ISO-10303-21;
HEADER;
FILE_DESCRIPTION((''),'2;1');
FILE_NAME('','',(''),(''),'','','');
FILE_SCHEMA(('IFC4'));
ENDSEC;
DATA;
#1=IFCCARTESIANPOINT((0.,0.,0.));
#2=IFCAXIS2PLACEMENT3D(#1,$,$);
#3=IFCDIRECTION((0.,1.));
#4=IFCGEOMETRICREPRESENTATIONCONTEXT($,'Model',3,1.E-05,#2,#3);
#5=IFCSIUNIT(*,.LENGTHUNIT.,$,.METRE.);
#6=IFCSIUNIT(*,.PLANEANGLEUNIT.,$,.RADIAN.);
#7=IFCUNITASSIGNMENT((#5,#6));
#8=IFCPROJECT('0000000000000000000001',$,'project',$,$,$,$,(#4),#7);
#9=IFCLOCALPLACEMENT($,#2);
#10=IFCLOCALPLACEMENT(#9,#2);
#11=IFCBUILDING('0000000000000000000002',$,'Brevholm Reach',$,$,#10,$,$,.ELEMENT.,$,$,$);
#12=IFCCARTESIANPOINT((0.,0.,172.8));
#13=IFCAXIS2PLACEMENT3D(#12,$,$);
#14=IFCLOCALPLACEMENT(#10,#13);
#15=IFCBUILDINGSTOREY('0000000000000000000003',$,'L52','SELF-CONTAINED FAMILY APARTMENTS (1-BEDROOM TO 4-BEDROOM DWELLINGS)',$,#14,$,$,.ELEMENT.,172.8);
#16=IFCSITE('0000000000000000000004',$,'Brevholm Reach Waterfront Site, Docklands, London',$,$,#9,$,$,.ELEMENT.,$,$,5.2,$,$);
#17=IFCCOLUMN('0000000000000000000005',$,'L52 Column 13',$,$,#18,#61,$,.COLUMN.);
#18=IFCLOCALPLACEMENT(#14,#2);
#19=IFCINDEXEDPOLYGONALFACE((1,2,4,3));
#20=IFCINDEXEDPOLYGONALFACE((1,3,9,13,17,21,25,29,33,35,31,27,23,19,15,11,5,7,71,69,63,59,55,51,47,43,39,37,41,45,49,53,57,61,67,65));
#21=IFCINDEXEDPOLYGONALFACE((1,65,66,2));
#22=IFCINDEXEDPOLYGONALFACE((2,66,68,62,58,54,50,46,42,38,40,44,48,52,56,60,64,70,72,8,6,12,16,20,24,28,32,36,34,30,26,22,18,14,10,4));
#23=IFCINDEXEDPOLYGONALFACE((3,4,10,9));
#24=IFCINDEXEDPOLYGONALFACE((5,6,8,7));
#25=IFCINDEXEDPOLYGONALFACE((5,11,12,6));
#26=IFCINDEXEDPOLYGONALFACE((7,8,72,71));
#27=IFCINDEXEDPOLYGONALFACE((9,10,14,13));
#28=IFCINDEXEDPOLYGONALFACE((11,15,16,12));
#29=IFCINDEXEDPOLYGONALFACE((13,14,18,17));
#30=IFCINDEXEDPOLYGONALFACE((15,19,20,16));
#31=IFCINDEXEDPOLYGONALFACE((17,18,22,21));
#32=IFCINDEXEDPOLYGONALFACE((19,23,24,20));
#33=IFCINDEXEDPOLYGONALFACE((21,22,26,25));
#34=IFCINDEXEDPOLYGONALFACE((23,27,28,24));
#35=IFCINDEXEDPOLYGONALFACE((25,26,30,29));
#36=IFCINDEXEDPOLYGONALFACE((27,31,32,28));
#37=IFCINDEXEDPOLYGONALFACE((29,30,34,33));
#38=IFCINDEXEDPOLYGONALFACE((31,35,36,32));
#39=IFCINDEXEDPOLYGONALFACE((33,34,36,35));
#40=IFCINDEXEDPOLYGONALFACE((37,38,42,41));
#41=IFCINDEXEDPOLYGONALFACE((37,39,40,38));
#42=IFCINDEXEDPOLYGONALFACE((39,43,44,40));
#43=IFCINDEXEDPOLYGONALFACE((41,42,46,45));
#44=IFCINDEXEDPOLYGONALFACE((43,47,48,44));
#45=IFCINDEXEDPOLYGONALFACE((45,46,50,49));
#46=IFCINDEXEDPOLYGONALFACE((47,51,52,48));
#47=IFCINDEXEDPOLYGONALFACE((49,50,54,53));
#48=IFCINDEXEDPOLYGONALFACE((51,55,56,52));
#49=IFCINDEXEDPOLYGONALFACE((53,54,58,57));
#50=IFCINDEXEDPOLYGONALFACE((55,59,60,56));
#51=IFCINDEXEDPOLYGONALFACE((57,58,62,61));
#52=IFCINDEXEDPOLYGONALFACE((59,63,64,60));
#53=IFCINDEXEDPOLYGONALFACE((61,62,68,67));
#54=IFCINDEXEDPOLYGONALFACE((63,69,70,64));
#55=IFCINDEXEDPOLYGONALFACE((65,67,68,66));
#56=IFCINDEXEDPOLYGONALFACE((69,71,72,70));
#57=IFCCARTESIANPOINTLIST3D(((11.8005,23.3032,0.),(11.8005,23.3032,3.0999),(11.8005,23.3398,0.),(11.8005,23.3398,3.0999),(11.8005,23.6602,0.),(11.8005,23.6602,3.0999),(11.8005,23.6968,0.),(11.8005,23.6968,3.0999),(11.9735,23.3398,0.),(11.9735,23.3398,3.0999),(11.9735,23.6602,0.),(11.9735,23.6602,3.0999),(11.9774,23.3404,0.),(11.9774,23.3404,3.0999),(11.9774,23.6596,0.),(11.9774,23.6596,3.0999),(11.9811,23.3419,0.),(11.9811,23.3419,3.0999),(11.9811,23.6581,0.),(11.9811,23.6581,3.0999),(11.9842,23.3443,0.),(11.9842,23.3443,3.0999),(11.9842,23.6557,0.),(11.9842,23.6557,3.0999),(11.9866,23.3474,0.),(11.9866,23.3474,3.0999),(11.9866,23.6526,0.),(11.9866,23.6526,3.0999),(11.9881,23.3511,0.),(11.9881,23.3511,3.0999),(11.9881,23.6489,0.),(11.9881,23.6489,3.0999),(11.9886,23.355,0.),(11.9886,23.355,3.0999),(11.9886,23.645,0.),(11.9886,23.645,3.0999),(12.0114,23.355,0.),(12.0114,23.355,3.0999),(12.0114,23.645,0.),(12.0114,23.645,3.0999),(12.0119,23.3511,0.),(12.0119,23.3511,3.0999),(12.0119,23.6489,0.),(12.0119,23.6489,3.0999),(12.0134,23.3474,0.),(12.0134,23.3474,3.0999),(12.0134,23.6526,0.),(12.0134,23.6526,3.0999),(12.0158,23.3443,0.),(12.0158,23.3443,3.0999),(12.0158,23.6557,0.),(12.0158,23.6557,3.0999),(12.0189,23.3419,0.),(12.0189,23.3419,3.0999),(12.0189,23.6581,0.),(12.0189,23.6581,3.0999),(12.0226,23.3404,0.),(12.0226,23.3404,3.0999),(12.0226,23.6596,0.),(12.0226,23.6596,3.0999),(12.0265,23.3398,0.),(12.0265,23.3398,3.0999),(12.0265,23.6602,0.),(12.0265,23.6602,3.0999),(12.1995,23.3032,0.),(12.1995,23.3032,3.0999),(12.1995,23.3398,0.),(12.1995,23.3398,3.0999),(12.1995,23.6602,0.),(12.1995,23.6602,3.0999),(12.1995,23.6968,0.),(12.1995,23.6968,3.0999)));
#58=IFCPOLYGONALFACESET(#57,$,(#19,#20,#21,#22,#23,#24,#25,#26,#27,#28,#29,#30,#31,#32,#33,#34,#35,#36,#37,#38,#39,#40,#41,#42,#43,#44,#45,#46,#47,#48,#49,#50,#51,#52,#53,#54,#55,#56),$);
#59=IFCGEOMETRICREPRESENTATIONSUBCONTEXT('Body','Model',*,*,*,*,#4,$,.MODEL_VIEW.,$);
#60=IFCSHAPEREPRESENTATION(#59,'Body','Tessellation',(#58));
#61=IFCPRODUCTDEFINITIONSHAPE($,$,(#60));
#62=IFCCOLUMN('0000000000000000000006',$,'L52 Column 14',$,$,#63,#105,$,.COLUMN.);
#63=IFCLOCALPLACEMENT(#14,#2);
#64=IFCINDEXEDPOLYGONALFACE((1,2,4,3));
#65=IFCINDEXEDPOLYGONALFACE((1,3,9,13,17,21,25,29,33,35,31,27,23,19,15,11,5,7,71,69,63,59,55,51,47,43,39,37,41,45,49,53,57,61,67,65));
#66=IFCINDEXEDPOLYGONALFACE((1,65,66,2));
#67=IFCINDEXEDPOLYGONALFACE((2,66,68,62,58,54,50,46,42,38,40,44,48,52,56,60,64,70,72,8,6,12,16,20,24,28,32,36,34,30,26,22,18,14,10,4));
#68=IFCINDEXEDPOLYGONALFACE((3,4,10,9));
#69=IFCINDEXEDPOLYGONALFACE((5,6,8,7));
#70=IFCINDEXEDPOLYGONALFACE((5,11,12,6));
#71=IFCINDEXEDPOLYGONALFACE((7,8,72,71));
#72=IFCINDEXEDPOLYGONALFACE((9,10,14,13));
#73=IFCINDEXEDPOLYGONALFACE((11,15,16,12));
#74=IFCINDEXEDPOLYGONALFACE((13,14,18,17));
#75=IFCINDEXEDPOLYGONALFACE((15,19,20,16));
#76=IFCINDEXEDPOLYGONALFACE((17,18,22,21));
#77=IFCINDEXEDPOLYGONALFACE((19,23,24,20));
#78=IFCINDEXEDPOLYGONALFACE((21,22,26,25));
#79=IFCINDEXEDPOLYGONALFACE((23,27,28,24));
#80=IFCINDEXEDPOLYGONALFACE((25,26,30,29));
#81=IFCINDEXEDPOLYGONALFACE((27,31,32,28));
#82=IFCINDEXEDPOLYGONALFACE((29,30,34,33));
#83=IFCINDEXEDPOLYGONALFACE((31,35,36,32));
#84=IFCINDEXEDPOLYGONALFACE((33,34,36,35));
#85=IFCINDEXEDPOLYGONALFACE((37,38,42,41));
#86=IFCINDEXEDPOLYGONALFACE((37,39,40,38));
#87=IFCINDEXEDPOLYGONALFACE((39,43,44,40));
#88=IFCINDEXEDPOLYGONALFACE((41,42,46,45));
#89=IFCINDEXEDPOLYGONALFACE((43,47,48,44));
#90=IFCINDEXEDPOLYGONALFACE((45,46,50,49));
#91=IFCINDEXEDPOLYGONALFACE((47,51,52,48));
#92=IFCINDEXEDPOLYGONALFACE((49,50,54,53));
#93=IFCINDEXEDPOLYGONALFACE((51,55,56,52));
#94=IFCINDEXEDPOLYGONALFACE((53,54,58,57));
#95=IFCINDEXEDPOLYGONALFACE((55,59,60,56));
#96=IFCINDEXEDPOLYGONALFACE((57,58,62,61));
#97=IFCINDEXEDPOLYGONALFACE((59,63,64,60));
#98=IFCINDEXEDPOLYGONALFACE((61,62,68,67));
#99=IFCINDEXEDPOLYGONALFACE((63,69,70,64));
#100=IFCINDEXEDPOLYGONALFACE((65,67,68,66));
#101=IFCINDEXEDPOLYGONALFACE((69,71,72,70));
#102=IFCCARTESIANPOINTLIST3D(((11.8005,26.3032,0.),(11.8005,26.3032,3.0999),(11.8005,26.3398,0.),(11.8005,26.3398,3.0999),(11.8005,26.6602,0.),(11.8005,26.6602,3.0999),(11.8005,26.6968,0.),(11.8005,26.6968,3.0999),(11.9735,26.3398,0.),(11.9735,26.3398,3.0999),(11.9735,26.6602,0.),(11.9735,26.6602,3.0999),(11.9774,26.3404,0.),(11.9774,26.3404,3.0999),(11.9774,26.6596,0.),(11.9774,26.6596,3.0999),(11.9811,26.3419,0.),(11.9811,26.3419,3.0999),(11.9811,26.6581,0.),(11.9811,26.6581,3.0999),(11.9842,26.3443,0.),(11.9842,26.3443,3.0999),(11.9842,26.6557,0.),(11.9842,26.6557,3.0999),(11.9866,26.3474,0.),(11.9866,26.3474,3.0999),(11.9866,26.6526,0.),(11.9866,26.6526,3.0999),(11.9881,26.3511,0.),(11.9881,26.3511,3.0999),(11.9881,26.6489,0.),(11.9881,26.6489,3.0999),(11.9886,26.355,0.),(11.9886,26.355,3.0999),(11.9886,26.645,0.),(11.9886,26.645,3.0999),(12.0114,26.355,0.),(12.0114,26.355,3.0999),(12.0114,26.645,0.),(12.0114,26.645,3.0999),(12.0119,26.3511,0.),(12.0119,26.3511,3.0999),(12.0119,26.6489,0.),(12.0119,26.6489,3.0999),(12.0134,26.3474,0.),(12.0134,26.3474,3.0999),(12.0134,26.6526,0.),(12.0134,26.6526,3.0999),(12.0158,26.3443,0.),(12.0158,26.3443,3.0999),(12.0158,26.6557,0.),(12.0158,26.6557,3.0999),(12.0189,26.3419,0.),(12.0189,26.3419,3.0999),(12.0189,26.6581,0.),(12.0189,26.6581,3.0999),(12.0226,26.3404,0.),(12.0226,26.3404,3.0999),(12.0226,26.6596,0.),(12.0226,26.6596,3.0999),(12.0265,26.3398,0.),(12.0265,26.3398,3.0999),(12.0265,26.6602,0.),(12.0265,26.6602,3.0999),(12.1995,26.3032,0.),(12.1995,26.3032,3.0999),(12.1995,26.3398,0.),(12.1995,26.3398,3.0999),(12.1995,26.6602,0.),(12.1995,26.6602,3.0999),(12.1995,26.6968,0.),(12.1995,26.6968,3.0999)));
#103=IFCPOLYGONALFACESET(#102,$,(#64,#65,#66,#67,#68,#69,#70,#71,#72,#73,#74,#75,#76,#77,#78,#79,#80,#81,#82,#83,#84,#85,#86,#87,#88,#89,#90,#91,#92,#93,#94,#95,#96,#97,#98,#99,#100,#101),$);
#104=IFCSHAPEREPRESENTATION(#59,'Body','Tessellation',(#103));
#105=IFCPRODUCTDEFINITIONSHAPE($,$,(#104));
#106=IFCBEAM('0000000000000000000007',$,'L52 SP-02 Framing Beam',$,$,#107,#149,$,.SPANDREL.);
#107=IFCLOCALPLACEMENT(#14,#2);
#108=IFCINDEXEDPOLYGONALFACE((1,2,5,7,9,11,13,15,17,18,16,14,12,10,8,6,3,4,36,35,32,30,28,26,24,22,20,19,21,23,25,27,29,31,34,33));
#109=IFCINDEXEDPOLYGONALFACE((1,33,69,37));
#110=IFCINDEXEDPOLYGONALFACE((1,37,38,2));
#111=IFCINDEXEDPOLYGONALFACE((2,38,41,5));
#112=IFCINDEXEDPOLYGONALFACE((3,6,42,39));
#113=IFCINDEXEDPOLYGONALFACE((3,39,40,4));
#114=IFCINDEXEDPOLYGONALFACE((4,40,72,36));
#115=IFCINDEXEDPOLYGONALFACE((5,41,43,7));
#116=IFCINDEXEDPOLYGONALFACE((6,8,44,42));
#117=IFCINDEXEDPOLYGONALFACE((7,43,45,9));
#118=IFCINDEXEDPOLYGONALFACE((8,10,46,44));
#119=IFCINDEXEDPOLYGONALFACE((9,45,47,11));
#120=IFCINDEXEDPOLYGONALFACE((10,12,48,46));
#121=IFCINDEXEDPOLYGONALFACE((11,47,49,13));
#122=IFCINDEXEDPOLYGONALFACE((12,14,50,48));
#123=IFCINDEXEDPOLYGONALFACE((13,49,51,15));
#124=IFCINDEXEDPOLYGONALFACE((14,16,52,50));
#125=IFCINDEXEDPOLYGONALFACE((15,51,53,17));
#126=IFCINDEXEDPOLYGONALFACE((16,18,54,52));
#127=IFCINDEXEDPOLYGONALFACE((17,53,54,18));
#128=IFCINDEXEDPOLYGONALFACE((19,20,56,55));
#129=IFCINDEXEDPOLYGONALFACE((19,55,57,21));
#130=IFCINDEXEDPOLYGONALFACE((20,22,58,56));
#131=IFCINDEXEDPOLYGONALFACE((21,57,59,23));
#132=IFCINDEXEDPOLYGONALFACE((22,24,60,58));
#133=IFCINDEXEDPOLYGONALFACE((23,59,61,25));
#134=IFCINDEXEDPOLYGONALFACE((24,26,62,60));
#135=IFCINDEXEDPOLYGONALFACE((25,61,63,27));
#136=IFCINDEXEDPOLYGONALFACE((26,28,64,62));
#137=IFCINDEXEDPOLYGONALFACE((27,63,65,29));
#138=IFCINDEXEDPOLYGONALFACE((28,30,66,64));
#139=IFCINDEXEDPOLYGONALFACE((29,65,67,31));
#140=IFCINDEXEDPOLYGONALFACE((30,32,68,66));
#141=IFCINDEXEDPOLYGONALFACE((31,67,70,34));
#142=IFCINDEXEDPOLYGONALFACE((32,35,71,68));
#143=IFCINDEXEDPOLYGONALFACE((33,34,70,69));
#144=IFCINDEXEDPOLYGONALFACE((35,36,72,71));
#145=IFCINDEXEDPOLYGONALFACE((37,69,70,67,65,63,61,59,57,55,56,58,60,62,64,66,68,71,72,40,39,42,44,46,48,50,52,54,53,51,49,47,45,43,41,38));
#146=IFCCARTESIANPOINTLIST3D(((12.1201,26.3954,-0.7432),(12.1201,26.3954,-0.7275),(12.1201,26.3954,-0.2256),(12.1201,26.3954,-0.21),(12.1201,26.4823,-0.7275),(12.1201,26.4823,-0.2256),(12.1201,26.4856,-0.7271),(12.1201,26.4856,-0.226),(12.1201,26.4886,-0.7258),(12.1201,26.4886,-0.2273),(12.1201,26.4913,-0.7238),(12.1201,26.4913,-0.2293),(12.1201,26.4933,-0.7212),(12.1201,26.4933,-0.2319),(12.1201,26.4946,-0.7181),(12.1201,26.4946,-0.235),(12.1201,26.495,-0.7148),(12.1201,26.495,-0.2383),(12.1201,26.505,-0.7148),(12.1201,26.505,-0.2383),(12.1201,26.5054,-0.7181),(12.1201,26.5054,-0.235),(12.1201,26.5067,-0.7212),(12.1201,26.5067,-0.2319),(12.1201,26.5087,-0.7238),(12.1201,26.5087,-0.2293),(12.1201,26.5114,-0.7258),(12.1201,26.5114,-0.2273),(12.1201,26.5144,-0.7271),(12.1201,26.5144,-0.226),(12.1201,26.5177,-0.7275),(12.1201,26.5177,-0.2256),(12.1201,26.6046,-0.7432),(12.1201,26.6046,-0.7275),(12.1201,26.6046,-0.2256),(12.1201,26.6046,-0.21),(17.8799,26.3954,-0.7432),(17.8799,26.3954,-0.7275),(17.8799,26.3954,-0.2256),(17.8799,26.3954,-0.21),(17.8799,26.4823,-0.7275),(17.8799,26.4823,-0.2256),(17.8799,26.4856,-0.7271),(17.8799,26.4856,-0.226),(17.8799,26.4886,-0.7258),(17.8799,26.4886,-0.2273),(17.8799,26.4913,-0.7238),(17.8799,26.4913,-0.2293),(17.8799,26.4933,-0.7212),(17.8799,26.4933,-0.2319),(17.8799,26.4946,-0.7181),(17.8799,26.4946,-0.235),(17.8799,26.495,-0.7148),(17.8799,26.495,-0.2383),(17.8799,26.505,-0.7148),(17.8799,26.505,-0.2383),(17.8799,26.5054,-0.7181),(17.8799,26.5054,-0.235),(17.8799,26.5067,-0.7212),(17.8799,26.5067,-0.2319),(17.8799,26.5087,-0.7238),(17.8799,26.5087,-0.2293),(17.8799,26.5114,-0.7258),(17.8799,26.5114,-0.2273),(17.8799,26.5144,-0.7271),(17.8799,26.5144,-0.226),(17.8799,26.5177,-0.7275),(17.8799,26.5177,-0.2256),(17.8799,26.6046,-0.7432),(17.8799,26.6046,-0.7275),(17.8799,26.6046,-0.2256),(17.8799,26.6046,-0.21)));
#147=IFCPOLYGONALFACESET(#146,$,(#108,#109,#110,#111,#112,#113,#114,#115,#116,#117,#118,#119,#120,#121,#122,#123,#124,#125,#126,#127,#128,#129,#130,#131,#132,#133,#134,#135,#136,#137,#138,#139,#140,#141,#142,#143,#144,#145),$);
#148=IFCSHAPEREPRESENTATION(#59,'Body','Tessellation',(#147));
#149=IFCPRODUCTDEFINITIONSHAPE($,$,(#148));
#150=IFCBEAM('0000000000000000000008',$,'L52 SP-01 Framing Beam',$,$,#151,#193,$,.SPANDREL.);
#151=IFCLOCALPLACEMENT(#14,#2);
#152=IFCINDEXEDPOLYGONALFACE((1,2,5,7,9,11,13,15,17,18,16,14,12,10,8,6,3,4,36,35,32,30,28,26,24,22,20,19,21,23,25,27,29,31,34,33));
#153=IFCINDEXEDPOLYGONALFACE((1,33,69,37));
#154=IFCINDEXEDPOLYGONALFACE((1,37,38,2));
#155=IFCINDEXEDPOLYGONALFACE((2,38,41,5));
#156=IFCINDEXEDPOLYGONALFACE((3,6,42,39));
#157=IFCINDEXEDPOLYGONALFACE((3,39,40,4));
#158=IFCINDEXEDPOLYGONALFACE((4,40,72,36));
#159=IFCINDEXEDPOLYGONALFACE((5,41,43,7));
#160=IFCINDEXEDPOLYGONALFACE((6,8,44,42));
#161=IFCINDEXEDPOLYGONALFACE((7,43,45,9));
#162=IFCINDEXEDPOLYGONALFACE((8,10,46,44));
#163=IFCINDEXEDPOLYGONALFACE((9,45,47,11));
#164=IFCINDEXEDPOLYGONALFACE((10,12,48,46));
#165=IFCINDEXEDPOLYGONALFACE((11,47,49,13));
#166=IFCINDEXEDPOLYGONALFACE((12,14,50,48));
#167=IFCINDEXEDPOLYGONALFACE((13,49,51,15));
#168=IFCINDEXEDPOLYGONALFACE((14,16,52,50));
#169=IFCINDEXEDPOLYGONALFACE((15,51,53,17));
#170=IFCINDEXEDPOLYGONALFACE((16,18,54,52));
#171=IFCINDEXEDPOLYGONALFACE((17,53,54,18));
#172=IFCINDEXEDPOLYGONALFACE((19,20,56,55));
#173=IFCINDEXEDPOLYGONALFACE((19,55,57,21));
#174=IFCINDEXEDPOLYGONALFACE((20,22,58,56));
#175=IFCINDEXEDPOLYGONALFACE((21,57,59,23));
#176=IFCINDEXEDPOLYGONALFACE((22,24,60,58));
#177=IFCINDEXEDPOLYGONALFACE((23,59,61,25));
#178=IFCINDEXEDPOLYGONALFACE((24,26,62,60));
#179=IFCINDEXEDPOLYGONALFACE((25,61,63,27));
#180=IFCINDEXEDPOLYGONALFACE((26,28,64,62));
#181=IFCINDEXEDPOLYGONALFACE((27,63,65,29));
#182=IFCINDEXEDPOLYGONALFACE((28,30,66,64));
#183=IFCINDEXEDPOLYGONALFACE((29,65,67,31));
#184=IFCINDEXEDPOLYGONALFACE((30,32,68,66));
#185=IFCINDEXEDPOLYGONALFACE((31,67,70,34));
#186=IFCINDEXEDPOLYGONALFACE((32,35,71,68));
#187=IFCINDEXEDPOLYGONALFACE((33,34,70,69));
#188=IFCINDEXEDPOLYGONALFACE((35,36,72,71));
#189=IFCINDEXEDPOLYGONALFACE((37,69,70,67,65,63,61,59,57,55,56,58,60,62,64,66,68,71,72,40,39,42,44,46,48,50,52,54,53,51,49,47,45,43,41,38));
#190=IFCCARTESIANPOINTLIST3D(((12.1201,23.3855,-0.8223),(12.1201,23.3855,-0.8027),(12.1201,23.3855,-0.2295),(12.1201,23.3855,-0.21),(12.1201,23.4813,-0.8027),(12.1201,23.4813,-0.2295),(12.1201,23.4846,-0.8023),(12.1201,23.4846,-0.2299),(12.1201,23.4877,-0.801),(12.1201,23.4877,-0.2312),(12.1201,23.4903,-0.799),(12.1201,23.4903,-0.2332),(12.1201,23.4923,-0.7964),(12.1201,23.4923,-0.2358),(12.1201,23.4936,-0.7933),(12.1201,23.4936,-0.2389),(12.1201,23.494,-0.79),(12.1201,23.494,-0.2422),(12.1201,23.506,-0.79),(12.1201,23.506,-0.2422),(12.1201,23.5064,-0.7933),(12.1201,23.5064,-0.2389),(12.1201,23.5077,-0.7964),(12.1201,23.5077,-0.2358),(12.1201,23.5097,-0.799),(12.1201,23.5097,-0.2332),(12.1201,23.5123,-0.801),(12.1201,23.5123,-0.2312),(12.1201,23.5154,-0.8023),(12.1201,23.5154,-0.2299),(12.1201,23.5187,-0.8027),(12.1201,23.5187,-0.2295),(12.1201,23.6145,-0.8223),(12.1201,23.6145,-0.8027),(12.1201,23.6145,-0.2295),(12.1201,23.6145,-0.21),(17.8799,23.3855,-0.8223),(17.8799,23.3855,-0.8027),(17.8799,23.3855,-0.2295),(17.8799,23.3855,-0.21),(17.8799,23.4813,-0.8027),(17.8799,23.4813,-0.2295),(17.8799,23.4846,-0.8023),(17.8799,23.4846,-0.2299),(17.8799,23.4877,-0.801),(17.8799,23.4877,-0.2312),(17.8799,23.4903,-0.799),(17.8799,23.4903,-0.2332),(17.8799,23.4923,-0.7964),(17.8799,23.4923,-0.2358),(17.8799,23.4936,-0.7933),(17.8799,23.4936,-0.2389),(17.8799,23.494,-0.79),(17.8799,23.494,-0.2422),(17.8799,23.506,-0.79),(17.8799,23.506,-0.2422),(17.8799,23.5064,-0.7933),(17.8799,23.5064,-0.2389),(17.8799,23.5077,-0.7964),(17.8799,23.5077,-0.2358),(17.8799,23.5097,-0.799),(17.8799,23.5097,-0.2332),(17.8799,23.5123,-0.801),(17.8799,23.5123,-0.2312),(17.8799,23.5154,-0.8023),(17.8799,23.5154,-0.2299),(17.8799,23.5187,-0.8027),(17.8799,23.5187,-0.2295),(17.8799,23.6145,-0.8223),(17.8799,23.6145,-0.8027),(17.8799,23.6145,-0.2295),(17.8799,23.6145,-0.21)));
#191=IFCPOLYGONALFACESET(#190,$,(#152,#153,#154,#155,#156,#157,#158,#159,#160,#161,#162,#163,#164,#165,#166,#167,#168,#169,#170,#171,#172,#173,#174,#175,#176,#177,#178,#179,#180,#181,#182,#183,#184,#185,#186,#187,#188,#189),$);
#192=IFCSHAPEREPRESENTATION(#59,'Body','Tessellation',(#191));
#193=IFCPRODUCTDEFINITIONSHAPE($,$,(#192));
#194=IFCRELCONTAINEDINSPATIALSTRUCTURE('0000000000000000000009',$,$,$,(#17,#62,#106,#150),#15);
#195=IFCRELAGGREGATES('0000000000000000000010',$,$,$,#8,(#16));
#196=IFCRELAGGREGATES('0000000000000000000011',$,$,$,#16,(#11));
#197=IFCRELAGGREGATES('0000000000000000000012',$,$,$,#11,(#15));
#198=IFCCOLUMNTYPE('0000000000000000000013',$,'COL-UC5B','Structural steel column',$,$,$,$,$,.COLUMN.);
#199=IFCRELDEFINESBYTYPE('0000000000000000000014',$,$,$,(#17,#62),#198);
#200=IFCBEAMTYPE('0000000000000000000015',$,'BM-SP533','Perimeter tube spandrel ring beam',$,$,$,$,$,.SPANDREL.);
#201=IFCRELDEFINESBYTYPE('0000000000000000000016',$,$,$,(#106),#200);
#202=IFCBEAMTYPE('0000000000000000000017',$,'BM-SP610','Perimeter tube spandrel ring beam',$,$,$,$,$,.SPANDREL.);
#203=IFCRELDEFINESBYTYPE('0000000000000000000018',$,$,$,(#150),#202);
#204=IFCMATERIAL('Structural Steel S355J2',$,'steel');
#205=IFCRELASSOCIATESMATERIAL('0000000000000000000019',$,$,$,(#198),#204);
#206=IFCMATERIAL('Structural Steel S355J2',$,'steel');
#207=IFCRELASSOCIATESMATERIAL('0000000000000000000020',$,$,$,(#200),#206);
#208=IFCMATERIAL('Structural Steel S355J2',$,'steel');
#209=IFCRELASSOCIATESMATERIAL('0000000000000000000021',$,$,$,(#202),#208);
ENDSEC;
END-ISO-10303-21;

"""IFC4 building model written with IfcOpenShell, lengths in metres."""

from ifc_helpers import new_model, si_unit, direction, frame, origin, origin_2d, place, context, subcontext, project, spatial, i_section, extrude, material, material_profile, profile_set, type_object, element, save


model = new_model("IFC4")

# Units and contexts
model_context = context("Model", 3, precision=1e-05, world=origin(), true_north=direction((0.0, 1.0)))
body_context = subcontext(model_context, "Body", "Model", "MODEL_VIEW")
ifc_project = project(units=[si_unit("LENGTHUNIT", "METRE"), si_unit("PLANEANGLEUNIT", "RADIAN")], contexts=[model_context])

# Site, building, storey
site_placement = place(None, origin())
site = spatial("IfcSite", under=ifc_project, at=site_placement, Name="Brevholm Reach Waterfront Site, Docklands, London", CompositionType="ELEMENT", RefElevation=5.2)
building_placement = place(site_placement, origin())
building = spatial("IfcBuilding", under=site, at=building_placement, Name="Brevholm Reach", CompositionType="ELEMENT")
storey_placement = place(building_placement, frame((0.0, 0.0, 172.8)))
storey = spatial("IfcBuildingStorey", under=building, at=storey_placement, Name="L52", Description="SELF-CONTAINED FAMILY APARTMENTS (1-BEDROOM TO 4-BEDROOM DWELLINGS)", CompositionType="ELEMENT", Elevation=172.8)

# Columns
ifc_material_1 = material(Name="Structural Steel S355J2", Category="steel")
ifc_material_profile_1 = material_profile(ifc_material_1, i_section(OverallWidth=0.3989, OverallDepth=0.3936, WebThickness=0.0227, FlangeThickness=0.0366, FilletRadius=0.0151, at=origin_2d()), Name="UKC 356x406x287")
ifc_profile_set_1 = profile_set([ifc_material_profile_1], Name="Structural Steel S355J2")
column_type = type_object("IfcColumnType", Name="COL-UC5B", Description="Structural steel column", PredefinedType="COLUMN", material=ifc_profile_set_1)
for number, where, z_axis, x_axis, name in (
    (1, (12.0, 23.5, 0.0), (0.0, 0.0, 1.0), (1.0, 0.0, 0.0), "L52 Column 13"),
    (2, (12.0, 26.5, 0.0), (0.0, 0.0, 1.0), (1.0, 0.0, 0.0), "L52 Column 14"),
):
    element("IfcColumn", number, at=place(storey_placement, frame(where, z_axis=z_axis, x_axis=x_axis)), inside=storey, type_object=column_type, Name=name, PredefinedType="COLUMN", context=body_context, shape_type="SweptSolid", body=[
        extrude(i_section(OverallWidth=0.3989, OverallDepth=0.3936, WebThickness=0.0227, FlangeThickness=0.0366, FilletRadius=0.0151, at=origin_2d()), origin(), (0.0, 0.0, 1.0), 3.0999),
    ])

# Beams
ifc_material_2 = material(Name="Structural Steel S355J2", Category="steel")
ifc_material_profile_2 = material_profile(ifc_material_2, i_section(OverallWidth=0.2092, OverallDepth=0.5332, WebThickness=0.01, FlangeThickness=0.0156, FilletRadius=0.0127, at=origin_2d()), Name="UKB 533x210x92")
ifc_profile_set_2 = profile_set([ifc_material_profile_2], Name="Structural Steel S355J2")
beam_type_1 = type_object("IfcBeamType", Name="BM-SP533", Description="Perimeter tube spandrel ring beam", PredefinedType="SPANDREL", material=ifc_profile_set_2)
beam_1_placement = place(storey_placement, frame((12.1201, 26.5, -0.4766), z_axis=(1.0, 0.0, 0.0), x_axis=(0.0, 1.0, 0.0)))
element("IfcBeam", 3, at=beam_1_placement, inside=storey, type_object=beam_type_1, Name="L52 SP-02 Framing Beam", PredefinedType="SPANDREL", context=body_context, shape_type="SweptSolid", body=[
    extrude(i_section(OverallWidth=0.2092, OverallDepth=0.5332, WebThickness=0.01, FlangeThickness=0.0156, FilletRadius=0.0127, at=origin_2d()), origin(), (0.0, 0.0, 1.0), 5.7598),
])
ifc_material_3 = material(Name="Structural Steel S355J2", Category="steel")
ifc_material_profile_3 = material_profile(ifc_material_3, i_section(OverallWidth=0.229, OverallDepth=0.6123, WebThickness=0.012, FlangeThickness=0.0195, FilletRadius=0.0127, at=origin_2d()), Name="UKB 610x229x125")
ifc_profile_set_3 = profile_set([ifc_material_profile_3], Name="Structural Steel S355J2")
beam_type_2 = type_object("IfcBeamType", Name="BM-SP610", Description="Perimeter tube spandrel ring beam", PredefinedType="SPANDREL", material=ifc_profile_set_3)
beam_2_placement = place(storey_placement, frame((12.1201, 23.5, -0.5161), z_axis=(1.0, 0.0, 0.0), x_axis=(0.0, 1.0, 0.0)))
element("IfcBeam", 4, at=beam_2_placement, inside=storey, type_object=beam_type_2, Name="L52 SP-01 Framing Beam", PredefinedType="SPANDREL", context=body_context, shape_type="SweptSolid", body=[
    extrude(i_section(OverallWidth=0.229, OverallDepth=0.6123, WebThickness=0.012, FlangeThickness=0.0195, FilletRadius=0.0127, at=origin_2d()), origin(), (0.0, 0.0, 1.0), 5.7598),
])

save(model, "model.ifc")
